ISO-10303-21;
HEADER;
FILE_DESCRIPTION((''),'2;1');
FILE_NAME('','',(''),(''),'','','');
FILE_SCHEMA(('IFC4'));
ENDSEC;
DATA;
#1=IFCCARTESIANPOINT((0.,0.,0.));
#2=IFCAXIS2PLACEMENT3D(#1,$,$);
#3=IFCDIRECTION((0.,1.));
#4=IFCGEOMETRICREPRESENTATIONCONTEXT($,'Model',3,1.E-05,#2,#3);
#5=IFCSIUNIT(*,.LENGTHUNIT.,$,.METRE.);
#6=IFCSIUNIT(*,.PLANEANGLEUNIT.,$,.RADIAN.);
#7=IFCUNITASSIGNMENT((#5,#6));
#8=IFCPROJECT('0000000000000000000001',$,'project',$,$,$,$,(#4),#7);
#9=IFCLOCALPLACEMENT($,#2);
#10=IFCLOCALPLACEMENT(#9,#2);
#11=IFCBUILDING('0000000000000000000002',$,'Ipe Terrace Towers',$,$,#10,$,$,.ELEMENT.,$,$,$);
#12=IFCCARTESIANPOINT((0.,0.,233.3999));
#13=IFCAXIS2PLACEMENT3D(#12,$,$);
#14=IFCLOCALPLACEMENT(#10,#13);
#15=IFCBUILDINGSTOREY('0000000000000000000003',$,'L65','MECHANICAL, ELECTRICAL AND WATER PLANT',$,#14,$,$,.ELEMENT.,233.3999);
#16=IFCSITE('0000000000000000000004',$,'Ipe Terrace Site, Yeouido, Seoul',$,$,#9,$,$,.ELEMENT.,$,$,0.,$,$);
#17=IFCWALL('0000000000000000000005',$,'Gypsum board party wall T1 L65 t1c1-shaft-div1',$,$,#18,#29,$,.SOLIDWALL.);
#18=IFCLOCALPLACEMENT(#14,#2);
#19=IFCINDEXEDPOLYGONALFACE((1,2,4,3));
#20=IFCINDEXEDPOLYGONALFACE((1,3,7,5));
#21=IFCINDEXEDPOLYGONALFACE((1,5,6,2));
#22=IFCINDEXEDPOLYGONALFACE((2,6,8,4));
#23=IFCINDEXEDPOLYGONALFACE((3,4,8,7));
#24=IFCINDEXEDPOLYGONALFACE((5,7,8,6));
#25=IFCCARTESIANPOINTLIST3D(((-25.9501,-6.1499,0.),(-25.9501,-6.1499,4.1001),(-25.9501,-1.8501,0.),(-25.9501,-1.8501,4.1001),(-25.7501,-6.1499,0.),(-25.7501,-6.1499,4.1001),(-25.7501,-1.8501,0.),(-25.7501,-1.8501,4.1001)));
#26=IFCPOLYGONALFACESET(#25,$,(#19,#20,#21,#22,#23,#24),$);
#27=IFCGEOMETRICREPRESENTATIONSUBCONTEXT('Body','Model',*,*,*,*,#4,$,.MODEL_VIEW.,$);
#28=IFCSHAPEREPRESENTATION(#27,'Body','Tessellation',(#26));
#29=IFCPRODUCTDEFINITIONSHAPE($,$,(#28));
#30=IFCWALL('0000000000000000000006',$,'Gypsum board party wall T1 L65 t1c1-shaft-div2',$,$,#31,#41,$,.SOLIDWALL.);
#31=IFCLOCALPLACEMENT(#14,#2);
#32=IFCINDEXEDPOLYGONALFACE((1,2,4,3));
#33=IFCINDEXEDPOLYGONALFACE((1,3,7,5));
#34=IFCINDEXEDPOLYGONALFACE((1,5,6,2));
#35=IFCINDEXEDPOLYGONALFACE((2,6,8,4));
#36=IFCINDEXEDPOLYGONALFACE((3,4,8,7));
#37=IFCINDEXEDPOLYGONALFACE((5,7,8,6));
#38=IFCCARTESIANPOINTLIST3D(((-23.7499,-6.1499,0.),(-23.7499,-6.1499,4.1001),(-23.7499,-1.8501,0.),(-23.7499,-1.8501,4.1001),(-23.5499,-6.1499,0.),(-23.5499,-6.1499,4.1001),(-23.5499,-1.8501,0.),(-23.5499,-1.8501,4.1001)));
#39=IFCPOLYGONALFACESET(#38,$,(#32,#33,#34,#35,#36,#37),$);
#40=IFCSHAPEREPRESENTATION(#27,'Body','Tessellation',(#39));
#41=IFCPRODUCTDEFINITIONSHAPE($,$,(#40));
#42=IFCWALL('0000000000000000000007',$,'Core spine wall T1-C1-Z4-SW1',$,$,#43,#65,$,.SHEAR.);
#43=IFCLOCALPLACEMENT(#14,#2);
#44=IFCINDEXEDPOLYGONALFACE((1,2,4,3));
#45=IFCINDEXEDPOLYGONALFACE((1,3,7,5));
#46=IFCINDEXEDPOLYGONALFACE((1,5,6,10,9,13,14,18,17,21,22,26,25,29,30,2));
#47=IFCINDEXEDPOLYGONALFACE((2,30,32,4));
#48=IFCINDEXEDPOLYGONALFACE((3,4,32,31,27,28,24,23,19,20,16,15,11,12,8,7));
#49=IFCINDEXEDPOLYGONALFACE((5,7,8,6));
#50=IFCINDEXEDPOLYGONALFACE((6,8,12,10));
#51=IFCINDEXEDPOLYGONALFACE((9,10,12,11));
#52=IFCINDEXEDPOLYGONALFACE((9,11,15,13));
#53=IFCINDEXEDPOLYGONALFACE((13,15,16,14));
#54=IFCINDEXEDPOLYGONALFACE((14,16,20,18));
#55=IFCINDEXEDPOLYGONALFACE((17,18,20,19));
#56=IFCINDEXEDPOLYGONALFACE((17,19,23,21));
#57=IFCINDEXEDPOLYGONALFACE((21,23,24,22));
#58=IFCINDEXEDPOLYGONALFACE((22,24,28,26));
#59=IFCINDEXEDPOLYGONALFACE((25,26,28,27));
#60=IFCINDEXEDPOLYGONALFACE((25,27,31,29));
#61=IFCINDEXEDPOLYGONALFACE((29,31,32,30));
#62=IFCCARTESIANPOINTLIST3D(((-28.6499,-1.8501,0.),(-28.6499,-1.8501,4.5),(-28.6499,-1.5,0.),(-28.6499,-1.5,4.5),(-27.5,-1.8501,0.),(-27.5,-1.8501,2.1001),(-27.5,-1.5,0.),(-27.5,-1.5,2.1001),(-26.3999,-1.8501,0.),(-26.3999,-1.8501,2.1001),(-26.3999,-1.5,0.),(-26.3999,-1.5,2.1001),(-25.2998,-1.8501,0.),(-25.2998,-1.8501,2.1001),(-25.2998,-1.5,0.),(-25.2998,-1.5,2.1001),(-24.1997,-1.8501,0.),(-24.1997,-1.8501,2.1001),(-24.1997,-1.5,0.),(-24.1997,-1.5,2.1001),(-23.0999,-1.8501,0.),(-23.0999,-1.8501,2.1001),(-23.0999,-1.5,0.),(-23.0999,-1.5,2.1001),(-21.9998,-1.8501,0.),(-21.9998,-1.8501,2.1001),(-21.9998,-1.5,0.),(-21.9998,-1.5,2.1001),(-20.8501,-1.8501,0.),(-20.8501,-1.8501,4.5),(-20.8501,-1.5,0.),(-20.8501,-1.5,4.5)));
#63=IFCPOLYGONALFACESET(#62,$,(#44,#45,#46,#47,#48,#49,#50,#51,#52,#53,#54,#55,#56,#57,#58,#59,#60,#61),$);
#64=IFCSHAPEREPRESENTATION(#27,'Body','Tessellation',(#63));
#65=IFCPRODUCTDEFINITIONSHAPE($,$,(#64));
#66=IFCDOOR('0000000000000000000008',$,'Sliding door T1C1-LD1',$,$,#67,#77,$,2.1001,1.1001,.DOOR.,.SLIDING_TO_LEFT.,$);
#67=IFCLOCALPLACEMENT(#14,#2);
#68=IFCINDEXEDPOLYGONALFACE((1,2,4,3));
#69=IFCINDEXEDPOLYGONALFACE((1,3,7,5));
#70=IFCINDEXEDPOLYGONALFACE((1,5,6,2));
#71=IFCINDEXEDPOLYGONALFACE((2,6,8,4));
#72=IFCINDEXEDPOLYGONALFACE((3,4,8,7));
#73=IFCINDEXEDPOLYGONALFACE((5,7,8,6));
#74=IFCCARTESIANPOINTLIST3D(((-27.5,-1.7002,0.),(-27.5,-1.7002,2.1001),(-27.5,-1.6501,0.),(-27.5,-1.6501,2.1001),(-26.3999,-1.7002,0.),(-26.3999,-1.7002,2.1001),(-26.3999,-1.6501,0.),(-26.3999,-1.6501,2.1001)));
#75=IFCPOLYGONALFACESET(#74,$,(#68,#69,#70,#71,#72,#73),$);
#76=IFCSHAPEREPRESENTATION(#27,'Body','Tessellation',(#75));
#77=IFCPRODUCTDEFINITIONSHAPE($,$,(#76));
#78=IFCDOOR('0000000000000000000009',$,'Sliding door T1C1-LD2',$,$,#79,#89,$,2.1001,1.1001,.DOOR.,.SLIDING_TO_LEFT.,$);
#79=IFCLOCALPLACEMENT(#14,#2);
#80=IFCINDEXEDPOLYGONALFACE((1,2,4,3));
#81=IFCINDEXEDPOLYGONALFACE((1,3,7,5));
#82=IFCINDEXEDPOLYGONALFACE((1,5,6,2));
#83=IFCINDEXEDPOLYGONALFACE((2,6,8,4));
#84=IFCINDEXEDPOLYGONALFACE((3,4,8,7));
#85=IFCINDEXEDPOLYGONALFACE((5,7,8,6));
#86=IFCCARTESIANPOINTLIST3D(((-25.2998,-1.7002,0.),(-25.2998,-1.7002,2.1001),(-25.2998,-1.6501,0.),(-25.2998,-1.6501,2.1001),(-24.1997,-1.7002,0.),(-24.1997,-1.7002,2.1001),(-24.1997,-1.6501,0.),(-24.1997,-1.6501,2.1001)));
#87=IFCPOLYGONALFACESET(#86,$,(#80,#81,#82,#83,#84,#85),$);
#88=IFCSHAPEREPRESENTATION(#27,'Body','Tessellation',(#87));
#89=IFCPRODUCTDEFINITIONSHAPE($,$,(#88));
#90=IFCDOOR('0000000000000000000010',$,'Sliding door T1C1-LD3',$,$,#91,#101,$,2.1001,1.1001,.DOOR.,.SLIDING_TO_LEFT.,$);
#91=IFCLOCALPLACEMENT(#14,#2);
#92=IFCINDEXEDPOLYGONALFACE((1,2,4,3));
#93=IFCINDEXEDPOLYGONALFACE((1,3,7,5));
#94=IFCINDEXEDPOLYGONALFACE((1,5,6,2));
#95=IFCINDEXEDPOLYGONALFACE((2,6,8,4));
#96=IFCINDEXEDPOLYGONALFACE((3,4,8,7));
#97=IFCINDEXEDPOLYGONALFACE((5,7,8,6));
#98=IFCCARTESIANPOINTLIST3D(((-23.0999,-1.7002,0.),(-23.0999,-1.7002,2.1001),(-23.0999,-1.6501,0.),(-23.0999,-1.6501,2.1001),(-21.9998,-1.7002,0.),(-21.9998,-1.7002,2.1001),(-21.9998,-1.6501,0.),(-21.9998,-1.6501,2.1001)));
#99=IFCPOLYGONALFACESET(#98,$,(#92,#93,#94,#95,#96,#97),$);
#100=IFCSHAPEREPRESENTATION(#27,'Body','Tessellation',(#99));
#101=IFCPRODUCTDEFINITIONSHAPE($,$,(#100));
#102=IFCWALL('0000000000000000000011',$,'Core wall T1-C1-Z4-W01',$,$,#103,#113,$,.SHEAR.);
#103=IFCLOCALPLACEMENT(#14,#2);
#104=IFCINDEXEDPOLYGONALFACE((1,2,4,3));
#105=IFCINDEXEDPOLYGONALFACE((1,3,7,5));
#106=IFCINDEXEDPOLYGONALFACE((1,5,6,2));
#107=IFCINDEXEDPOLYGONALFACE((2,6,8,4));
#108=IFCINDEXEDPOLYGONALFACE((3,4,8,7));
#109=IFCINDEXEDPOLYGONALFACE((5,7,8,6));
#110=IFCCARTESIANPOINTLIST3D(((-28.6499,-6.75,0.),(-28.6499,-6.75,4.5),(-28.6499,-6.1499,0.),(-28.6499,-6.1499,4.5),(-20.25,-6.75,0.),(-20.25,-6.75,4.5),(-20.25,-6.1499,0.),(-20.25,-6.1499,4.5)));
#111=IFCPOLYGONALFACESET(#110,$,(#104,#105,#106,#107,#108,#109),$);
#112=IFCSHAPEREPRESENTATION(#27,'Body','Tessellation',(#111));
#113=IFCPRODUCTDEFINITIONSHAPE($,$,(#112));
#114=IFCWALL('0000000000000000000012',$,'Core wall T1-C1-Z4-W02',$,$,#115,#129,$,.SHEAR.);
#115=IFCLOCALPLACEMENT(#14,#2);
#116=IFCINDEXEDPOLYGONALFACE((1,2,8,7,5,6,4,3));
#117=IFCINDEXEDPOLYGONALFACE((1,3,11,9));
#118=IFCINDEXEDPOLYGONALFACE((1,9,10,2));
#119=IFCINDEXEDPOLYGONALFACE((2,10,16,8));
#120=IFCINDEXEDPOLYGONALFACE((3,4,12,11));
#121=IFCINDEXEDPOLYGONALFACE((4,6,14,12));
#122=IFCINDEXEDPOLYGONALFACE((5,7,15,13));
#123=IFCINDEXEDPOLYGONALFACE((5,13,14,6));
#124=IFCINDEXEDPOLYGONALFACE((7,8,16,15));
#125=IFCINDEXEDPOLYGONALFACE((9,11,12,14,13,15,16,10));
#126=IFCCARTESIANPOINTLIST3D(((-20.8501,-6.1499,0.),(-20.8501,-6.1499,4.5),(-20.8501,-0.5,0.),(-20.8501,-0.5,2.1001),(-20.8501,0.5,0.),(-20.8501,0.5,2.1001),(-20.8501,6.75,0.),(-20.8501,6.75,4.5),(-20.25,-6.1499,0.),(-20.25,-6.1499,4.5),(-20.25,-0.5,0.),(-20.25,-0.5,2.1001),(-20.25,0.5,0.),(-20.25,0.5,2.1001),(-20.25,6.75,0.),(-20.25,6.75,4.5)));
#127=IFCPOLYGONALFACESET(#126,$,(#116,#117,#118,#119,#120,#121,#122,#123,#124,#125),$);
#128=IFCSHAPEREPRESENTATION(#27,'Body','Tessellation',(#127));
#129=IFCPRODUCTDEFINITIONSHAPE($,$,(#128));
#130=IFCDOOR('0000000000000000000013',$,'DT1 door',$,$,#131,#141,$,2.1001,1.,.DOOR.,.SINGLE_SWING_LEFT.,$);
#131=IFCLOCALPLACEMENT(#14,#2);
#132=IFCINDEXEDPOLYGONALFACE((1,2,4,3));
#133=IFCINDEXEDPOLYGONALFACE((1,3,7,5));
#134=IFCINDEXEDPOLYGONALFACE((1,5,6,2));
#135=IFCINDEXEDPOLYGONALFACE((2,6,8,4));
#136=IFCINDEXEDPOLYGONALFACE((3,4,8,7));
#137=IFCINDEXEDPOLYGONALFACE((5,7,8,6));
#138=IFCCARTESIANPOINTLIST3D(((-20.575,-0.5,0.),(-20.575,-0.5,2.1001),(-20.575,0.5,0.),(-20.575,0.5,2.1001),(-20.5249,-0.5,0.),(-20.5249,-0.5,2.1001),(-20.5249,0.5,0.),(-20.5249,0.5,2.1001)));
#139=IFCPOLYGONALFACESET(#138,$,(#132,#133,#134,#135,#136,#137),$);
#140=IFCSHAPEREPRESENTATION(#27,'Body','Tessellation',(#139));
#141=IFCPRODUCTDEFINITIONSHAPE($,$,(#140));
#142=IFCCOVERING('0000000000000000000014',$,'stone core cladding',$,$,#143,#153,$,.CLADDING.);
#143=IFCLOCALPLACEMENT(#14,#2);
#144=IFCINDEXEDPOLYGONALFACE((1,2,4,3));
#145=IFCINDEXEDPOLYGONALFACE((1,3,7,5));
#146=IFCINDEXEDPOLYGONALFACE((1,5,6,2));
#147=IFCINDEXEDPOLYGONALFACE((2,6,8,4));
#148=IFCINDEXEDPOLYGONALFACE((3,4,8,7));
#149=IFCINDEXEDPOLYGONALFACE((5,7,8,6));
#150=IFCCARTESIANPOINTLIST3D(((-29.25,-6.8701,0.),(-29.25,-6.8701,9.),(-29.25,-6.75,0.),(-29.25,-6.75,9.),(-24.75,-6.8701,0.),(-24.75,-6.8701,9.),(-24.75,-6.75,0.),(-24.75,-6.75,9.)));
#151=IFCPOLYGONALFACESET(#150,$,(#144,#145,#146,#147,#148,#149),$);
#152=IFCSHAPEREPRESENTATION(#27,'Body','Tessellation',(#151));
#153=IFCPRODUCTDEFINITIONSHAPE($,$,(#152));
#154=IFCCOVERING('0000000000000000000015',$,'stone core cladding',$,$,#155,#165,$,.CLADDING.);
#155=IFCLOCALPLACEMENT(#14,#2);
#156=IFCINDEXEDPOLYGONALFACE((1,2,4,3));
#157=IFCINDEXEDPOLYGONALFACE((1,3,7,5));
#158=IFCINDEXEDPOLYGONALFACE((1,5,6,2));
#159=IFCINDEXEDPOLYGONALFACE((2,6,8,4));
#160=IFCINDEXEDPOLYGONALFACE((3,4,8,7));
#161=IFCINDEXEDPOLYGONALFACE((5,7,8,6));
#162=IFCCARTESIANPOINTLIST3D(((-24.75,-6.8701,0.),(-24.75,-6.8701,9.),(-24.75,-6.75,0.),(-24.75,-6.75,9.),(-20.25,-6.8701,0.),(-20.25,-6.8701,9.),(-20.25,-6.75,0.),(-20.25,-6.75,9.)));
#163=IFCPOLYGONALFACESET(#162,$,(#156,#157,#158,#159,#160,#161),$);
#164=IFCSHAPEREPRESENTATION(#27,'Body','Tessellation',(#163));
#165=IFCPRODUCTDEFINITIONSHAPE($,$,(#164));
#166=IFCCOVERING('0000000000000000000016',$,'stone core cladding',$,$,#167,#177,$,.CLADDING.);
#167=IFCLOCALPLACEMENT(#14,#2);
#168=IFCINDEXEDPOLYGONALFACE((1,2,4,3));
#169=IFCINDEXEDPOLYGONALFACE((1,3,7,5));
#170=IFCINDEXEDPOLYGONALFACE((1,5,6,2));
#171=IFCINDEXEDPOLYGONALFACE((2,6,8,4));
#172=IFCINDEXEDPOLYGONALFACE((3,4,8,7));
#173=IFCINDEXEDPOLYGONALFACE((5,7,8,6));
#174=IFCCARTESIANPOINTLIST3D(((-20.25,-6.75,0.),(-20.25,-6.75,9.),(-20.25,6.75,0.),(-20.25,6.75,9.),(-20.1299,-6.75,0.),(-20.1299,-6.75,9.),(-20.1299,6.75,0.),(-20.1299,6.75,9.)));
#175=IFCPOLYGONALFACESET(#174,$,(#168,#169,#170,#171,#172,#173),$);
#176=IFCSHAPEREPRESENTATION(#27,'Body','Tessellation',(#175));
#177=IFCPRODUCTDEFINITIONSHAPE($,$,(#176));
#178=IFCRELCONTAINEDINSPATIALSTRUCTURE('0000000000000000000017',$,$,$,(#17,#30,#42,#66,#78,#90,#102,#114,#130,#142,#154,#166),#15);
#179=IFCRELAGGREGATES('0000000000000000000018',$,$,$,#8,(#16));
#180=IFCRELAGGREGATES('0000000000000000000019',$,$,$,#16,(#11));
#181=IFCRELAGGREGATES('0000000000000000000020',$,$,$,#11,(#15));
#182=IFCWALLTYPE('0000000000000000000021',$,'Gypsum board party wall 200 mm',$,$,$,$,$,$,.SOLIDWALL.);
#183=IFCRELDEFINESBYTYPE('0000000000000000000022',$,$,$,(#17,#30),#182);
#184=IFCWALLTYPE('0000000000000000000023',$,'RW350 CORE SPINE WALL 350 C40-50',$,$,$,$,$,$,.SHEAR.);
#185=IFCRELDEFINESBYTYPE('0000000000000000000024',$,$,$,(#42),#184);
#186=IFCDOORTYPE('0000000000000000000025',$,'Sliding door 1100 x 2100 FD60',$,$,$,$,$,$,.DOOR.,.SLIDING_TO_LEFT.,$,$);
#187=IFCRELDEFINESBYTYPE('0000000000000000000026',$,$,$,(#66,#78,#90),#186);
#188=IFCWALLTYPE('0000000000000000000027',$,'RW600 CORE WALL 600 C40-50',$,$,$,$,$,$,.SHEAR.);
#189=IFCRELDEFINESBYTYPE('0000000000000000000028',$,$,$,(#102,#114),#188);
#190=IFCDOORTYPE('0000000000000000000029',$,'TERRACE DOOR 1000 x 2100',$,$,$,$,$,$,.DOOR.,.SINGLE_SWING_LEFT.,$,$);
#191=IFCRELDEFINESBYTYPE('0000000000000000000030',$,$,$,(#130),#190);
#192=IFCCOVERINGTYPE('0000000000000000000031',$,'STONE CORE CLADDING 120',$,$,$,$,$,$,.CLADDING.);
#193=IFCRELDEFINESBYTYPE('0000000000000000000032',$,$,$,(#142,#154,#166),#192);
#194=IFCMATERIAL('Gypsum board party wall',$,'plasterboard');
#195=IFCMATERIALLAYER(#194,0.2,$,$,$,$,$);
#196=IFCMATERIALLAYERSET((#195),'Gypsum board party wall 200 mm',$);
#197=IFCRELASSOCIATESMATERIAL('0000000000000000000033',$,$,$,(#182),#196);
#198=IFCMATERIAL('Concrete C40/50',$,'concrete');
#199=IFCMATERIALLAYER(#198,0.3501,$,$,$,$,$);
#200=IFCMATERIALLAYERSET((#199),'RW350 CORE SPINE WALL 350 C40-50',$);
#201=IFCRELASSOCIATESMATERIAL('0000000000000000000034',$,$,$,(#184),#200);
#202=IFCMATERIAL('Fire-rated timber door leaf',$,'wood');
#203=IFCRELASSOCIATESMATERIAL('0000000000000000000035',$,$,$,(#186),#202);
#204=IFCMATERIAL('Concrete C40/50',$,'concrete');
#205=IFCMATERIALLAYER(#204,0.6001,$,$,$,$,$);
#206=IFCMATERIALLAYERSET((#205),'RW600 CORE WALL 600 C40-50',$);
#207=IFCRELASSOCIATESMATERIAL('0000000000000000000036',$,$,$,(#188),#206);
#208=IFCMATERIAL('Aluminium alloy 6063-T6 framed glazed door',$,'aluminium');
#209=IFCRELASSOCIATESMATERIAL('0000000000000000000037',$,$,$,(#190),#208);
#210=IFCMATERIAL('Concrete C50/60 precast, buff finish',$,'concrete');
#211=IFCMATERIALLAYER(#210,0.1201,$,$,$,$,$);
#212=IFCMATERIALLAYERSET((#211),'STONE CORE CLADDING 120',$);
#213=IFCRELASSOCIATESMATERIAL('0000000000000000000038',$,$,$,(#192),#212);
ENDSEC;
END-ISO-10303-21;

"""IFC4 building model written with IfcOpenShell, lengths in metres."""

from ifc_helpers import new_model, si_unit, direction, frame, frame_2d, origin, origin_2d, place, context, subcontext, project, spatial, rectangle, extrude, material, layer, layer_set, type_object, element, fill, save


model = new_model("IFC4")

# Units and contexts
model_context = context("Model", 3, precision=1e-05, world=origin(), true_north=direction((0.0, 1.0)))
body_context = subcontext(model_context, "Body", "Model", "MODEL_VIEW")
ifc_project = project(units=[si_unit("LENGTHUNIT", "METRE"), si_unit("PLANEANGLEUNIT", "RADIAN")], contexts=[model_context])

# Site, building, storey
site_placement = place(None, origin())
site = spatial("IfcSite", under=ifc_project, at=site_placement, Name="Ipe Terrace Site, Yeouido, Seoul", CompositionType="ELEMENT", RefElevation=0.0)
building_placement = place(site_placement, origin())
building = spatial("IfcBuilding", under=site, at=building_placement, Name="Ipe Terrace Towers", CompositionType="ELEMENT")
storey_placement = place(building_placement, frame((0.0, 0.0, 233.3999)))
storey = spatial("IfcBuildingStorey", under=building, at=storey_placement, Name="L65", Description="MECHANICAL, ELECTRICAL AND WATER PLANT", CompositionType="ELEMENT", Elevation=233.3999)

# Walls
ifc_material_1 = material(Name="Gypsum board party wall", Category="plasterboard")
ifc_layer_1 = layer(ifc_material_1, 0.2)
ifc_layer_set_1 = layer_set([ifc_layer_1], Name="Gypsum board party wall 200 mm")
wall_type_1 = type_object("IfcWallType", Name="Gypsum board party wall 200 mm", PredefinedType="SOLIDWALL", material=ifc_layer_set_1)
for number, where, z_axis, x_axis, name in (
    (1, (-25.8501, -6.1499, 0.0), (0.0, 0.0, 1.0), (0.0, 1.0, 0.0), "Gypsum board party wall T1 L65 t1c1-shaft-div1"),
    (2, (-23.6499, -6.1499, 0.0), (0.0, 0.0, 1.0), (0.0, 1.0, 0.0), "Gypsum board party wall T1 L65 t1c1-shaft-div2"),
):
    element("IfcWall", number, at=place(storey_placement, frame(where, z_axis=z_axis, x_axis=x_axis)), inside=storey, type_object=wall_type_1, Name=name, PredefinedType="SOLIDWALL", context=body_context, shape_type="SweptSolid", body=[
        extrude(rectangle(XDim=4.2998, YDim=0.2, at=frame_2d((2.1499, 0.0))), origin(), (0.0, 0.0, 1.0), 4.1001),
    ])

# Wall, openings, doors
ifc_material_2 = material(Name="Concrete C40/50", Category="concrete")
ifc_layer_2 = layer(ifc_material_2, 0.3501)
ifc_layer_set_2 = layer_set([ifc_layer_2], Name="RW350 CORE SPINE WALL 350 C40-50")
wall_type_2 = type_object("IfcWallType", Name="RW350 CORE SPINE WALL 350 C40-50", PredefinedType="SHEAR", material=ifc_layer_set_2)
wall_1_placement = place(storey_placement, frame((-28.6499, -1.675, 0.0), z_axis=(0.0, 0.0, 1.0), x_axis=(1.0, 0.0, 0.0)))
wall_1 = element("IfcWall", 3, at=wall_1_placement, inside=storey, type_object=wall_type_2, Name="Core spine wall T1-C1-Z4-SW1", PredefinedType="SHEAR", context=body_context, shape_type="SweptSolid", body=[
    extrude(rectangle(XDim=7.7998, YDim=0.3501, at=frame_2d((3.8999, 0.0))), origin(), (0.0, 0.0, 1.0), 4.5),
])
opening_1_placement = place(wall_1_placement, frame((1.1499, 0.0, 0.0)))
opening_1 = element("IfcOpeningElement", 4, at=opening_1_placement, cuts=wall_1, PredefinedType="OPENING", context=body_context, shape_type="SweptSolid", body=[
    extrude(rectangle(XDim=1.1001, YDim=2.1001, at=frame_2d((0.55, 1.05))), frame((0.0, 0.1851, 0.0), z_axis=(0.0, -1.0, 0.0), x_axis=(1.0, 0.0, 0.0)), (0.0, 0.0, 1.0), 0.3701),
])
opening_2_placement = place(wall_1_placement, frame((3.3501, 0.0, 0.0)))
opening_2 = element("IfcOpeningElement", 5, at=opening_2_placement, cuts=wall_1, PredefinedType="OPENING", context=body_context, shape_type="SweptSolid", body=[
    extrude(rectangle(XDim=1.1001, YDim=2.1001, at=frame_2d((0.55, 1.05))), frame((0.0, 0.1851, 0.0), z_axis=(0.0, -1.0, 0.0), x_axis=(1.0, 0.0, 0.0)), (0.0, 0.0, 1.0), 0.3701),
])
opening_3_placement = place(wall_1_placement, frame((5.55, 0.0, 0.0)))
opening_3 = element("IfcOpeningElement", 6, at=opening_3_placement, cuts=wall_1, PredefinedType="OPENING", context=body_context, shape_type="SweptSolid", body=[
    extrude(rectangle(XDim=1.1001, YDim=2.1001, at=frame_2d((0.55, 1.05))), frame((0.0, 0.1851, 0.0), z_axis=(0.0, -1.0, 0.0), x_axis=(1.0, 0.0, 0.0)), (0.0, 0.0, 1.0), 0.3701),
])
ifc_material_3 = material(Name="Fire-rated timber door leaf", Category="wood")
door_type_1 = type_object("IfcDoorType", Name="Sliding door 1100 x 2100 FD60", OperationType="SLIDING_TO_LEFT", PredefinedType="DOOR", material=ifc_material_3)
door_1_placement = place(opening_1_placement, origin())
door_1 = element("IfcDoor", 7, at=door_1_placement, inside=storey, type_object=door_type_1, Name="Sliding door T1C1-LD1", OperationType="SLIDING_TO_LEFT", OverallHeight=2.1001, OverallWidth=1.1001, PredefinedType="DOOR", context=body_context, shape_type="SweptSolid", body=[
    extrude(rectangle(XDim=1.1001, YDim=2.1001, at=frame_2d((0.55, 1.05))), frame((0.0, 0.0249, 0.0), z_axis=(0.0, -1.0, 0.0), x_axis=(1.0, 0.0, 0.0)), (0.0, 0.0, 1.0), 0.05),
])
fill(opening_1, door_1)
door_2_placement = place(opening_2_placement, origin())
door_2 = element("IfcDoor", 8, at=door_2_placement, inside=storey, type_object=door_type_1, Name="Sliding door T1C1-LD2", OperationType="SLIDING_TO_LEFT", OverallHeight=2.1001, OverallWidth=1.1001, PredefinedType="DOOR", context=body_context, shape_type="SweptSolid", body=[
    extrude(rectangle(XDim=1.1001, YDim=2.1001, at=frame_2d((0.55, 1.05))), frame((0.0, 0.0249, 0.0), z_axis=(0.0, -1.0, 0.0), x_axis=(1.0, 0.0, 0.0)), (0.0, 0.0, 1.0), 0.05),
])
fill(opening_2, door_2)
door_3_placement = place(opening_3_placement, origin())
door_3 = element("IfcDoor", 9, at=door_3_placement, inside=storey, type_object=door_type_1, Name="Sliding door T1C1-LD3", OperationType="SLIDING_TO_LEFT", OverallHeight=2.1001, OverallWidth=1.1001, PredefinedType="DOOR", context=body_context, shape_type="SweptSolid", body=[
    extrude(rectangle(XDim=1.1001, YDim=2.1001, at=frame_2d((0.55, 1.05))), frame((0.0, 0.0249, 0.0), z_axis=(0.0, -1.0, 0.0), x_axis=(1.0, 0.0, 0.0)), (0.0, 0.0, 1.0), 0.05),
])
fill(opening_3, door_3)

# Wall
ifc_material_4 = material(Name="Concrete C40/50", Category="concrete")
ifc_layer_3 = layer(ifc_material_4, 0.6001)
ifc_layer_set_3 = layer_set([ifc_layer_3], Name="RW600 CORE WALL 600 C40-50")
wall_type_3 = type_object("IfcWallType", Name="RW600 CORE WALL 600 C40-50", PredefinedType="SHEAR", material=ifc_layer_set_3)
wall_2_placement = place(storey_placement, frame((-28.6499, -6.45, 0.0), z_axis=(0.0, 0.0, 1.0), x_axis=(1.0, 0.0, 0.0)))
element("IfcWall", 10, at=wall_2_placement, inside=storey, type_object=wall_type_3, Name="Core wall T1-C1-Z4-W01", PredefinedType="SHEAR", context=body_context, shape_type="SweptSolid", body=[
    extrude(rectangle(XDim=8.3999, YDim=0.6001, at=frame_2d((4.2, 0.0))), origin(), (0.0, 0.0, 1.0), 4.5),
])

# Wall, opening, door
wall_3_placement = place(storey_placement, frame((-20.55, -6.1499, 0.0), z_axis=(0.0, 0.0, 1.0), x_axis=(0.0, 1.0, 0.0)))
wall_3 = element("IfcWall", 11, at=wall_3_placement, inside=storey, type_object=wall_type_3, Name="Core wall T1-C1-Z4-W02", PredefinedType="SHEAR", context=body_context, shape_type="SweptSolid", body=[
    extrude(rectangle(XDim=12.8999, YDim=0.6001, at=frame_2d((6.45, 0.0))), origin(), (0.0, 0.0, 1.0), 4.5),
])
opening_4_placement = place(wall_3_placement, frame((5.6499, 0.0, 0.0)))
opening_4 = element("IfcOpeningElement", 12, at=opening_4_placement, cuts=wall_3, PredefinedType="OPENING", context=body_context, shape_type="SweptSolid", body=[
    extrude(rectangle(XDim=1.0, YDim=2.1001, at=frame_2d((0.5, 1.05))), frame((0.0, 0.3101, 0.0), z_axis=(0.0, -1.0, 0.0), x_axis=(1.0, 0.0, 0.0)), (0.0, 0.0, 1.0), 0.6201),
])
ifc_material_5 = material(Name="Aluminium alloy 6063-T6 framed glazed door", Category="aluminium")
door_type_2 = type_object("IfcDoorType", Name="TERRACE DOOR 1000 x 2100", OperationType="SINGLE_SWING_LEFT", PredefinedType="DOOR", material=ifc_material_5)
door_4_placement = place(opening_4_placement, origin())
door_4 = element("IfcDoor", 13, at=door_4_placement, inside=storey, type_object=door_type_2, Name="DT1 door", OperationType="SINGLE_SWING_LEFT", OverallHeight=2.1001, OverallWidth=1.0, PredefinedType="DOOR", context=body_context, shape_type="SweptSolid", body=[
    extrude(rectangle(XDim=1.0, YDim=2.1001, at=frame_2d((0.5, 1.05))), frame((0.0, 0.0249, 0.0), z_axis=(0.0, -1.0, 0.0), x_axis=(1.0, 0.0, 0.0)), (0.0, 0.0, 1.0), 0.05),
])
fill(opening_4, door_4)

# Coverings
ifc_material_6 = material(Name="Concrete C50/60 precast, buff finish", Category="concrete")
ifc_layer_4 = layer(ifc_material_6, 0.1201)
ifc_layer_set_4 = layer_set([ifc_layer_4], Name="STONE CORE CLADDING 120")
covering_type_1 = type_object("IfcCoveringType", Name="STONE CORE CLADDING 120", PredefinedType="CLADDING", material=ifc_layer_set_4)
for number, where, z_axis, x_axis, name in (
    (14, (-27.0, -6.8101, 0.0), (0.0, 0.0, 1.0), (1.0, 0.0, 0.0), "stone core cladding"),
    (15, (-22.5, -6.8101, 0.0), (0.0, 0.0, 1.0), (1.0, 0.0, 0.0), "stone core cladding"),
):
    element("IfcCovering", number, at=place(storey_placement, frame(where, z_axis=z_axis, x_axis=x_axis)), inside=storey, type_object=covering_type_1, Name=name, PredefinedType="CLADDING", context=body_context, shape_type="SweptSolid", body=[
        extrude(rectangle(XDim=4.5, YDim=0.1201, at=origin_2d()), origin(), (0.0, 0.0, 1.0), 9.0),
    ])
covering_1_placement = place(storey_placement, frame((-20.1899, 0.0, 0.0), z_axis=(0.0, 0.0, 1.0), x_axis=(0.0, 1.0, 0.0)))
element("IfcCovering", 16, at=covering_1_placement, inside=storey, type_object=covering_type_1, Name="stone core cladding", PredefinedType="CLADDING", context=body_context, shape_type="SweptSolid", body=[
    extrude(rectangle(XDim=13.5, YDim=0.1201, at=origin_2d()), origin(), (0.0, 0.0, 1.0), 9.0),
])

save(model, "model.ifc")
